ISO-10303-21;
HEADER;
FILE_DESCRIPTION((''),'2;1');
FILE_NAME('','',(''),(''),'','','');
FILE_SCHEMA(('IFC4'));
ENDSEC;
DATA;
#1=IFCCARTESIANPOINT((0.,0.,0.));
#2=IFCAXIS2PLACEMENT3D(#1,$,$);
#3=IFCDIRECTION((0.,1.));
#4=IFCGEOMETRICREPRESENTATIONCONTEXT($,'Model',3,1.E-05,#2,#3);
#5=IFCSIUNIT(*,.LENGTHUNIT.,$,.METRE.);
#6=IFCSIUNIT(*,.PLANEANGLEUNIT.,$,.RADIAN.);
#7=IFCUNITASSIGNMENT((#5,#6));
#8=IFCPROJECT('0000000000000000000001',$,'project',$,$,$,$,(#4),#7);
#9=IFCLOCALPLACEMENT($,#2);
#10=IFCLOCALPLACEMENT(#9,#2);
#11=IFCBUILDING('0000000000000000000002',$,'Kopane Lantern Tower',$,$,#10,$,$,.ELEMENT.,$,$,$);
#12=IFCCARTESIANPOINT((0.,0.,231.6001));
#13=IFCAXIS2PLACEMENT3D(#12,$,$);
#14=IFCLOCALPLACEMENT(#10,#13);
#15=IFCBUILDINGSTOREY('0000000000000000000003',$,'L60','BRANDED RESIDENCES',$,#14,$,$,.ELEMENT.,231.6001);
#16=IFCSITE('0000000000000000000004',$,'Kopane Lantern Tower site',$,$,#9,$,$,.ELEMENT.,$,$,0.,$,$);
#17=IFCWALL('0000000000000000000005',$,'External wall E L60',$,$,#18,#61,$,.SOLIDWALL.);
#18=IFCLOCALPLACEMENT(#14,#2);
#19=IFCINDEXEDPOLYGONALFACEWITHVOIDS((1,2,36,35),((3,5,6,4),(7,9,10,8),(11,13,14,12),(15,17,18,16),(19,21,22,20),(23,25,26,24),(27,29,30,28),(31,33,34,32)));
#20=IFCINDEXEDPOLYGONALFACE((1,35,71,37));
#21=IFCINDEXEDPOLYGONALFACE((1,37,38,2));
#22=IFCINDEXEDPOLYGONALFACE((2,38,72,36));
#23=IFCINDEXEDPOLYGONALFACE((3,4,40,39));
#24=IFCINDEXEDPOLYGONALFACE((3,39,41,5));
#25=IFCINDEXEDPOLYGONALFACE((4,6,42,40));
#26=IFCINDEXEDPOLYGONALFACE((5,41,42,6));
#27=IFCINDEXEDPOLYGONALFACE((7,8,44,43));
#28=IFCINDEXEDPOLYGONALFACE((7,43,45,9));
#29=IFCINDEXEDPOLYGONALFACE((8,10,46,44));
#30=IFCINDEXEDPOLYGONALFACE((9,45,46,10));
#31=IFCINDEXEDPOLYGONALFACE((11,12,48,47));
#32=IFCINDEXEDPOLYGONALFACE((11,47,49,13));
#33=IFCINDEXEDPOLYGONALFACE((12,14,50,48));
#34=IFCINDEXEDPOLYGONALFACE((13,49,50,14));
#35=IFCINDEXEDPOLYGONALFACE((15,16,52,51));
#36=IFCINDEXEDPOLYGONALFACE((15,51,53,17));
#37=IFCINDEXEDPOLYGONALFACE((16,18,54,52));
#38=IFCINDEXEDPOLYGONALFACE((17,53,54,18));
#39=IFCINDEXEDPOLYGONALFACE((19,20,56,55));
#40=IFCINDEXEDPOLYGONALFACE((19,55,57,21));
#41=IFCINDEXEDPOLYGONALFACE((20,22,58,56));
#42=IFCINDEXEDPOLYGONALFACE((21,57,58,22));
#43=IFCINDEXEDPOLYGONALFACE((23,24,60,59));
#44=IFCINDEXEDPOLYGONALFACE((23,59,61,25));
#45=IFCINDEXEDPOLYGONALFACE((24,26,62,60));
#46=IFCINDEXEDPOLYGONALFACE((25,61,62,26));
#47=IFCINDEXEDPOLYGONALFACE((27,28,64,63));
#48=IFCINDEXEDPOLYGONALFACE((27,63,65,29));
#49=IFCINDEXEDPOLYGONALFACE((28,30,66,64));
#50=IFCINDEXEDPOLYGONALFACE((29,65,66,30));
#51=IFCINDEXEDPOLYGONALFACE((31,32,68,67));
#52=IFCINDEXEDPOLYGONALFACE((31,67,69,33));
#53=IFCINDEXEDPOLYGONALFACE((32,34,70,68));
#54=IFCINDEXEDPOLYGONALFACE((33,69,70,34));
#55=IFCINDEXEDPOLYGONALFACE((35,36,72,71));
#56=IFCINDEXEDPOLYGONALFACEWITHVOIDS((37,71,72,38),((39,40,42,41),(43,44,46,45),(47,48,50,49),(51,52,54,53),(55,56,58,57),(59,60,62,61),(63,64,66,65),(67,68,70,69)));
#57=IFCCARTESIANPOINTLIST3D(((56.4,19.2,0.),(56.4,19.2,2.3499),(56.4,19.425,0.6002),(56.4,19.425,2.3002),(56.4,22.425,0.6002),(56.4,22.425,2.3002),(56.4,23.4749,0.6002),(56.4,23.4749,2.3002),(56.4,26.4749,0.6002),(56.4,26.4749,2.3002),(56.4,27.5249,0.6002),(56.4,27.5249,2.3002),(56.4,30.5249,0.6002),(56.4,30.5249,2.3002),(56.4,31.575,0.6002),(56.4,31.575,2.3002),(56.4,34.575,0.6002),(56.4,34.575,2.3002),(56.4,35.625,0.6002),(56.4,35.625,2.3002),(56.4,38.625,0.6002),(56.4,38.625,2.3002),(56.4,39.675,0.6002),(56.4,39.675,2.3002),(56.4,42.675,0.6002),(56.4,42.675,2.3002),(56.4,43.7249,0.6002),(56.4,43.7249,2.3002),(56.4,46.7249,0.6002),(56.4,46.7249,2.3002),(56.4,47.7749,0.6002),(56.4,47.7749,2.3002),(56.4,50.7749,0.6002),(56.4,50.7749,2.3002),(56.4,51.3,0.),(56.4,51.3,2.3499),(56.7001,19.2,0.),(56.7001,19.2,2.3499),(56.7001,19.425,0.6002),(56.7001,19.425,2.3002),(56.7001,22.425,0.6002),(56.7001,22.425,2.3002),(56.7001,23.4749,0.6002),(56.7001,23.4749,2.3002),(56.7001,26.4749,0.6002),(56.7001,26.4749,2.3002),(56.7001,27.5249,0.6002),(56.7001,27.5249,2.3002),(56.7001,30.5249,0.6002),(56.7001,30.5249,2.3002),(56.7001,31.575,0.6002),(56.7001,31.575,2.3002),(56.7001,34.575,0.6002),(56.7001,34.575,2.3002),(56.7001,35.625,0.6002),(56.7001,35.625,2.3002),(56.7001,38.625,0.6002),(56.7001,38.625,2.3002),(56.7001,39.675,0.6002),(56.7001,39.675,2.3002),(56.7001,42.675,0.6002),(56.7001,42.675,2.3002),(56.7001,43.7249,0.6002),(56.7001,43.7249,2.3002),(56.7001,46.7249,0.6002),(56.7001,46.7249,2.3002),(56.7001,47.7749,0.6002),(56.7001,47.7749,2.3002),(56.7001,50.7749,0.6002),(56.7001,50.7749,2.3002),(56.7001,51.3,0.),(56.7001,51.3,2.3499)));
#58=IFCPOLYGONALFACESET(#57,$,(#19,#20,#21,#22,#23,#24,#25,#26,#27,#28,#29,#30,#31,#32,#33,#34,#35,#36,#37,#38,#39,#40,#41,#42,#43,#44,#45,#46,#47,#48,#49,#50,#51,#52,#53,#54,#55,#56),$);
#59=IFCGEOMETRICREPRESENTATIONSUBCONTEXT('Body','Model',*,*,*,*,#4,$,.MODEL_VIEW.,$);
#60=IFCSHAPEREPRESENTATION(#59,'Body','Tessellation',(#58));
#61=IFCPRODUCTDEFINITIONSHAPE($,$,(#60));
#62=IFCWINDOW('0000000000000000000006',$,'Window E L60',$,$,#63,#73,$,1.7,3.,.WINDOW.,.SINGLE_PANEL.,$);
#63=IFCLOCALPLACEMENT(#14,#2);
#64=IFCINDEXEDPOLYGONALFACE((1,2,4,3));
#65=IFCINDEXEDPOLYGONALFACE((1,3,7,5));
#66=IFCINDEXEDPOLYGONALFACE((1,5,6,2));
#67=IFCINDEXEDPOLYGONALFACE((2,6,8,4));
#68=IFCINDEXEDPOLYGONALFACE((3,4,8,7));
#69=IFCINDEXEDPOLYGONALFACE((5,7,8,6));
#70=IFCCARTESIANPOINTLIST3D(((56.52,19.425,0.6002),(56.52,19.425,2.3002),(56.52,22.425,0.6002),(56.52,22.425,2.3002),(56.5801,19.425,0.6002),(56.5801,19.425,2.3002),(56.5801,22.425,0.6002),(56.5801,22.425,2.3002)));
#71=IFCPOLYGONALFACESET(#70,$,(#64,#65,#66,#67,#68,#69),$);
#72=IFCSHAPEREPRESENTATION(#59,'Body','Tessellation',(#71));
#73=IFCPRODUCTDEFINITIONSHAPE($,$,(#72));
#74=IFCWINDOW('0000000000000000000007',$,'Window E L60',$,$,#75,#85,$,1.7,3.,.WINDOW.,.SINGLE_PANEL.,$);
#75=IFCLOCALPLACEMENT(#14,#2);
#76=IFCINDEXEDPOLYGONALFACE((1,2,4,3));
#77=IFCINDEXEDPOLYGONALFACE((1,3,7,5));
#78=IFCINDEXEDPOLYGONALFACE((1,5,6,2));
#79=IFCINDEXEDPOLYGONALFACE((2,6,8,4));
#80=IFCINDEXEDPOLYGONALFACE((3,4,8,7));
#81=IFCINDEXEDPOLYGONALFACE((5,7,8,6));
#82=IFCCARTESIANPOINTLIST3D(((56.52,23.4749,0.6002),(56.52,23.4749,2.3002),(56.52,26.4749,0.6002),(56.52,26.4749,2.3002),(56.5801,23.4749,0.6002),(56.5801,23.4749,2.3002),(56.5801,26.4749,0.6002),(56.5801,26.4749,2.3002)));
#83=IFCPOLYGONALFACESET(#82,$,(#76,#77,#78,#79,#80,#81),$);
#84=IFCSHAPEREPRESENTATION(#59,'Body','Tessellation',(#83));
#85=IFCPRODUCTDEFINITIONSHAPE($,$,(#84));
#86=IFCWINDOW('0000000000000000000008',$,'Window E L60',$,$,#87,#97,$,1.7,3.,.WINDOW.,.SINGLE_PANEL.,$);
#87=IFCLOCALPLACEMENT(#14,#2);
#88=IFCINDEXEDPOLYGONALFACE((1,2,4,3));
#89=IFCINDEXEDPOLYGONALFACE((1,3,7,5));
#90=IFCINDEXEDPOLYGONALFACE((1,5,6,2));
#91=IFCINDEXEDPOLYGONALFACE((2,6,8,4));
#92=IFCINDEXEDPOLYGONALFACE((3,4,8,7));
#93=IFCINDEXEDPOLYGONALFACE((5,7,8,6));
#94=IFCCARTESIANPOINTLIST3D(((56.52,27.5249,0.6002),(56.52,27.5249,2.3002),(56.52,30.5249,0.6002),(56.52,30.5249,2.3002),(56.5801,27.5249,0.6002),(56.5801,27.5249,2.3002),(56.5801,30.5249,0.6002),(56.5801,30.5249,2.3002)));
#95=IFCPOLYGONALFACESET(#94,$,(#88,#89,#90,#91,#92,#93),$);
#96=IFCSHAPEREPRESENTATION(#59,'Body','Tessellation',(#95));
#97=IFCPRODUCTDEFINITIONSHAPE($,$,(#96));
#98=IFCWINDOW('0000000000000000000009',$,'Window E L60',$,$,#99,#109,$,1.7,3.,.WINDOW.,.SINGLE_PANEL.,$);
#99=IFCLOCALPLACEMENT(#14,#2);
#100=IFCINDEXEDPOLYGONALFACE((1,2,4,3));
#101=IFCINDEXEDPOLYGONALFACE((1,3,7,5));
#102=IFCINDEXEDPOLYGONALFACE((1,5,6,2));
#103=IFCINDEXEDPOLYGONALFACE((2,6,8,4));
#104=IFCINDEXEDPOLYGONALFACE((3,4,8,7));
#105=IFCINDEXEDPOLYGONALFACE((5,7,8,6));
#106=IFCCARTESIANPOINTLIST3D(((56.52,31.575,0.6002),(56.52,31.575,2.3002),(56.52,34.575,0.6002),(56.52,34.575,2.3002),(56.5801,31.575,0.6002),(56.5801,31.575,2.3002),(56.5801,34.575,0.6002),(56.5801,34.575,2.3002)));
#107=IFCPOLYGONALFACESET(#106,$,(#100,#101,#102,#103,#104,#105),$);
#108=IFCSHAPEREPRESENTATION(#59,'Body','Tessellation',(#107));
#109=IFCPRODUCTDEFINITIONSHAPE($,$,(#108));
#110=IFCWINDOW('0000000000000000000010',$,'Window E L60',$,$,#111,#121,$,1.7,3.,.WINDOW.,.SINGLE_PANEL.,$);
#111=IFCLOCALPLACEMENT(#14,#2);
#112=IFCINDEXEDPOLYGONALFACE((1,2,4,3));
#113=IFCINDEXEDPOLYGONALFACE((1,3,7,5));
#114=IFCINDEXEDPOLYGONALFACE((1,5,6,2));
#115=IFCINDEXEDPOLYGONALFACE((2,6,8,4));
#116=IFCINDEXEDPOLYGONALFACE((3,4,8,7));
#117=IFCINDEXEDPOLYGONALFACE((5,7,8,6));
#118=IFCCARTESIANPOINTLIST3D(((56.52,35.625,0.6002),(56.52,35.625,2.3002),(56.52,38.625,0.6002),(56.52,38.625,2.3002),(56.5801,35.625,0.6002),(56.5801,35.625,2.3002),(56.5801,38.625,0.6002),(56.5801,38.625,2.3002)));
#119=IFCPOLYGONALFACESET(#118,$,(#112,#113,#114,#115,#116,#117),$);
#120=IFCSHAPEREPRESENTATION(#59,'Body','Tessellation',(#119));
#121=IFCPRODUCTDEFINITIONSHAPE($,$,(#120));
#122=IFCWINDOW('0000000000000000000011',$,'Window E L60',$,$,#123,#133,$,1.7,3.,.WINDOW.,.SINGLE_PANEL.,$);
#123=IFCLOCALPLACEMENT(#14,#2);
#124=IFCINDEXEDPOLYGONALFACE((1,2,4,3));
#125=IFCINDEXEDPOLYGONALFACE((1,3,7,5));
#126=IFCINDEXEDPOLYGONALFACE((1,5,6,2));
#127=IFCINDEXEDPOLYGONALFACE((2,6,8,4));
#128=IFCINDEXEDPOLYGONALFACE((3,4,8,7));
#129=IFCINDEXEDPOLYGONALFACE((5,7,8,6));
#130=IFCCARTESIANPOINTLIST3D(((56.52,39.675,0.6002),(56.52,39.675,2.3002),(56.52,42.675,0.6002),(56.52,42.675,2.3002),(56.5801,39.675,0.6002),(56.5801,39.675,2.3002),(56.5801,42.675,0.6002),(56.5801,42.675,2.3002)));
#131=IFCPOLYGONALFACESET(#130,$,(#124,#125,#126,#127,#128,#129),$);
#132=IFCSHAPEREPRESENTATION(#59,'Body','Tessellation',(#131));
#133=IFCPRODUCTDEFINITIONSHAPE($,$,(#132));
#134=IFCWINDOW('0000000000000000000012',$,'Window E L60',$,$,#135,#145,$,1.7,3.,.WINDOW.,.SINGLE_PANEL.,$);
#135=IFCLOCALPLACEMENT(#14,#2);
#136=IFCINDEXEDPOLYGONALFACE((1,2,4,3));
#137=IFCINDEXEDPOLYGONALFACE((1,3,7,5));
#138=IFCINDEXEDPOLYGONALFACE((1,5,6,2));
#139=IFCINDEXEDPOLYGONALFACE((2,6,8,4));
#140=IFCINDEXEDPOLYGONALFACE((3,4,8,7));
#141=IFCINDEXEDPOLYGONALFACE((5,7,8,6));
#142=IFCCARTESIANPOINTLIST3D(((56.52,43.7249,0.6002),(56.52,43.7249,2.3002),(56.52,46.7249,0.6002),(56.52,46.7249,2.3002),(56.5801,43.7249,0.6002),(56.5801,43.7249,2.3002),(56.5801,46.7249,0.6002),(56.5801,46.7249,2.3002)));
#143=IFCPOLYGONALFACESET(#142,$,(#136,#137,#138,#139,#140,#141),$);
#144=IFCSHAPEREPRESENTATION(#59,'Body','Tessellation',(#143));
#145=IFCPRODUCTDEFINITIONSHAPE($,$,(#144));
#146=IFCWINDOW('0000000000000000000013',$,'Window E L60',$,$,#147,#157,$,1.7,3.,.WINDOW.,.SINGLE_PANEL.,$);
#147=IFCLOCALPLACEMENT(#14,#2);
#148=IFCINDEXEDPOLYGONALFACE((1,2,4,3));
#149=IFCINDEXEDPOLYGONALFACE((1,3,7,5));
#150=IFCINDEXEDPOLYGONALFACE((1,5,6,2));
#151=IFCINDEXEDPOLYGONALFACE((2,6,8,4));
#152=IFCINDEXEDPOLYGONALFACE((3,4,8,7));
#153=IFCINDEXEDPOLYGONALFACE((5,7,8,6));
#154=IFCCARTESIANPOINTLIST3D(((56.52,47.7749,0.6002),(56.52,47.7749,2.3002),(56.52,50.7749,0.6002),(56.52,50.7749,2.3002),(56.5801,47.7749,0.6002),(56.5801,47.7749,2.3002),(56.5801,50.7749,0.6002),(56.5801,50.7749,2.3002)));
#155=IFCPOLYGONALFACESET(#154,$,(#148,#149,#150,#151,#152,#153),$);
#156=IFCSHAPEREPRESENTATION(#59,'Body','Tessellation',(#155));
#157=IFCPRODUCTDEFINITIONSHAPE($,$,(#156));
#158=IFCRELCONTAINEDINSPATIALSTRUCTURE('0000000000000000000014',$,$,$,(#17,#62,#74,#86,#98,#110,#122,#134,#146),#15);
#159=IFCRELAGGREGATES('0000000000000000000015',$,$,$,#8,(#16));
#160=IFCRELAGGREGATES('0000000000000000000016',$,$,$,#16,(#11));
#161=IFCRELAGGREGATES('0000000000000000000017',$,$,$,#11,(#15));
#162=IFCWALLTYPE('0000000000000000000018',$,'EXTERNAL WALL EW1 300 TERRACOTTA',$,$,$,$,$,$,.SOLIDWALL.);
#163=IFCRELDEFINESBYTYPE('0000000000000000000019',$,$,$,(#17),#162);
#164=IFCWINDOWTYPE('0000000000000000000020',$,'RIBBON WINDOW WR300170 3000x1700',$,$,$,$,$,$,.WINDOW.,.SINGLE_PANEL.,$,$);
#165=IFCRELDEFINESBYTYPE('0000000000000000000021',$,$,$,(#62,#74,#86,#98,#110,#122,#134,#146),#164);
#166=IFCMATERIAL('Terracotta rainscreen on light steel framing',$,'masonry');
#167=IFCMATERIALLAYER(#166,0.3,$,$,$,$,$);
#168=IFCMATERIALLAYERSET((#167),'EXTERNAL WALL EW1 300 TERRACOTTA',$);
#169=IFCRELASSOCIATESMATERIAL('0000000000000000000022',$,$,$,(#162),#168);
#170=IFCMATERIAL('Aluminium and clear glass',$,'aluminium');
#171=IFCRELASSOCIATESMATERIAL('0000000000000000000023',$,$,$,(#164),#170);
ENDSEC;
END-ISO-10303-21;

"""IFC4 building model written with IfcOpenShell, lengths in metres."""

from ifc_helpers import new_model, si_unit, direction, frame, frame_2d, origin, place, context, subcontext, project, spatial, rectangle, extrude, material, layer, layer_set, type_object, element, fill, save


model = new_model("IFC4")

# Units and contexts
model_context = context("Model", 3, precision=1e-05, world=origin(), true_north=direction((0.0, 1.0)))
body_context = subcontext(model_context, "Body", "Model", "MODEL_VIEW")
ifc_project = project(units=[si_unit("LENGTHUNIT", "METRE"), si_unit("PLANEANGLEUNIT", "RADIAN")], contexts=[model_context])

# Site, building, storey
site_placement = place(None, origin())
site = spatial("IfcSite", under=ifc_project, at=site_placement, Name="Kopane Lantern Tower site", CompositionType="ELEMENT", RefElevation=0.0)
building_placement = place(site_placement, origin())
building = spatial("IfcBuilding", under=site, at=building_placement, Name="Kopane Lantern Tower", CompositionType="ELEMENT")
storey_placement = place(building_placement, frame((0.0, 0.0, 231.6001)))
storey = spatial("IfcBuildingStorey", under=building, at=storey_placement, Name="L60", Description="BRANDED RESIDENCES", CompositionType="ELEMENT", Elevation=231.6001)

# Shared definitions
ifc_material_1 = material(Name="Terracotta rainscreen on light steel framing", Category="masonry")
ifc_layer = layer(ifc_material_1, 0.3)
ifc_layer_set = layer_set([ifc_layer], Name="EXTERNAL WALL EW1 300 TERRACOTTA")
wall_type = type_object("IfcWallType", Name="EXTERNAL WALL EW1 300 TERRACOTTA", PredefinedType="SOLIDWALL", material=ifc_layer_set)
ifc_material_2 = material(Name="Aluminium and clear glass", Category="aluminium")
window_type = type_object("IfcWindowType", Name="RIBBON WINDOW WR300170 3000x1700", PartitioningType="SINGLE_PANEL", PredefinedType="WINDOW", material=ifc_material_2)

# Wall, openings, windows
wall_1_placement = place(storey_placement, frame((56.55, 19.2, 0.0), z_axis=(0.0, 0.0, 1.0), x_axis=(0.0, 1.0, 0.0)))
wall_1 = element("IfcWall", 1, at=wall_1_placement, inside=storey, type_object=wall_type, Name="External wall E L60", PredefinedType="SOLIDWALL", context=body_context, shape_type="SweptSolid", body=[
    extrude(rectangle(XDim=32.1001, YDim=0.3, at=frame_2d((16.05, 0.0))), origin(), (0.0, 0.0, 1.0), 2.3499),
])
opening_1_placement = place(wall_1_placement, frame((0.2251, 0.0, 0.6001)))
opening_1 = element("IfcOpeningElement", 2, at=opening_1_placement, cuts=wall_1, PredefinedType="OPENING", context=body_context, shape_type="SweptSolid", body=[
    extrude(rectangle(XDim=3.0, YDim=1.7, at=frame_2d((1.5, 0.8501))), frame((0.0, 0.1599, 0.0), z_axis=(0.0, -1.0, 0.0), x_axis=(1.0, 0.0, 0.0)), (0.0, 0.0, 1.0), 0.3201),
])
opening_2_placement = place(wall_1_placement, frame((4.2749, 0.0, 0.6001)))
opening_2 = element("IfcOpeningElement", 3, at=opening_2_placement, cuts=wall_1, PredefinedType="OPENING", context=body_context, shape_type="SweptSolid", body=[
    extrude(rectangle(XDim=3.0, YDim=1.7, at=frame_2d((1.5, 0.8501))), frame((0.0, 0.1599, 0.0), z_axis=(0.0, -1.0, 0.0), x_axis=(1.0, 0.0, 0.0)), (0.0, 0.0, 1.0), 0.3201),
])
opening_3_placement = place(wall_1_placement, frame((8.325, 0.0, 0.6001)))
opening_3 = element("IfcOpeningElement", 4, at=opening_3_placement, cuts=wall_1, PredefinedType="OPENING", context=body_context, shape_type="SweptSolid", body=[
    extrude(rectangle(XDim=3.0, YDim=1.7, at=frame_2d((1.5, 0.8501))), frame((0.0, 0.1599, 0.0), z_axis=(0.0, -1.0, 0.0), x_axis=(1.0, 0.0, 0.0)), (0.0, 0.0, 1.0), 0.3201),
])
opening_4_placement = place(wall_1_placement, frame((12.375, 0.0, 0.6001)))
opening_4 = element("IfcOpeningElement", 5, at=opening_4_placement, cuts=wall_1, PredefinedType="OPENING", context=body_context, shape_type="SweptSolid", body=[
    extrude(rectangle(XDim=3.0, YDim=1.7, at=frame_2d((1.5, 0.8501))), frame((0.0, 0.1599, 0.0), z_axis=(0.0, -1.0, 0.0), x_axis=(1.0, 0.0, 0.0)), (0.0, 0.0, 1.0), 0.3201),
])
opening_5_placement = place(wall_1_placement, frame((16.425, 0.0, 0.6001)))
opening_5 = element("IfcOpeningElement", 6, at=opening_5_placement, cuts=wall_1, PredefinedType="OPENING", context=body_context, shape_type="SweptSolid", body=[
    extrude(rectangle(XDim=3.0, YDim=1.7, at=frame_2d((1.5, 0.8501))), frame((0.0, 0.1599, 0.0), z_axis=(0.0, -1.0, 0.0), x_axis=(1.0, 0.0, 0.0)), (0.0, 0.0, 1.0), 0.3201),
])
opening_6_placement = place(wall_1_placement, frame((20.4751, 0.0, 0.6001)))
opening_6 = element("IfcOpeningElement", 7, at=opening_6_placement, cuts=wall_1, PredefinedType="OPENING", context=body_context, shape_type="SweptSolid", body=[
    extrude(rectangle(XDim=3.0, YDim=1.7, at=frame_2d((1.5, 0.8501))), frame((0.0, 0.1599, 0.0), z_axis=(0.0, -1.0, 0.0), x_axis=(1.0, 0.0, 0.0)), (0.0, 0.0, 1.0), 0.3201),
])
opening_7_placement = place(wall_1_placement, frame((24.5249, 0.0, 0.6001)))
opening_7 = element("IfcOpeningElement", 8, at=opening_7_placement, cuts=wall_1, PredefinedType="OPENING", context=body_context, shape_type="SweptSolid", body=[
    extrude(rectangle(XDim=3.0, YDim=1.7, at=frame_2d((1.5, 0.8501))), frame((0.0, 0.1599, 0.0), z_axis=(0.0, -1.0, 0.0), x_axis=(1.0, 0.0, 0.0)), (0.0, 0.0, 1.0), 0.3201),
])
opening_8_placement = place(wall_1_placement, frame((28.575, 0.0, 0.6001)))
opening_8 = element("IfcOpeningElement", 9, at=opening_8_placement, cuts=wall_1, PredefinedType="OPENING", context=body_context, shape_type="SweptSolid", body=[
    extrude(rectangle(XDim=3.0, YDim=1.7, at=frame_2d((1.5, 0.8501))), frame((0.0, 0.1599, 0.0), z_axis=(0.0, -1.0, 0.0), x_axis=(1.0, 0.0, 0.0)), (0.0, 0.0, 1.0), 0.3201),
])
window_1_placement = place(opening_1_placement, origin())
window_1 = element("IfcWindow", 10, at=window_1_placement, inside=storey, type_object=window_type, Name="Window E L60", OverallHeight=1.7, OverallWidth=3.0, PartitioningType="SINGLE_PANEL", PredefinedType="WINDOW", context=body_context, shape_type="SweptSolid", body=[
    extrude(rectangle(XDim=3.0, YDim=1.7, at=frame_2d((1.5, 0.8501))), frame((0.0, 0.03, 0.0), z_axis=(0.0, -1.0, 0.0), x_axis=(1.0, 0.0, 0.0)), (0.0, 0.0, 1.0), 0.0601),
])
fill(opening_1, window_1)
window_2_placement = place(opening_2_placement, origin())
window_2 = element("IfcWindow", 11, at=window_2_placement, inside=storey, type_object=window_type, Name="Window E L60", OverallHeight=1.7, OverallWidth=3.0, PartitioningType="SINGLE_PANEL", PredefinedType="WINDOW", context=body_context, shape_type="SweptSolid", body=[
    extrude(rectangle(XDim=3.0, YDim=1.7, at=frame_2d((1.5, 0.8501))), frame((0.0, 0.03, 0.0), z_axis=(0.0, -1.0, 0.0), x_axis=(1.0, 0.0, 0.0)), (0.0, 0.0, 1.0), 0.0601),
])
fill(opening_2, window_2)
window_3_placement = place(opening_3_placement, origin())
window_3 = element("IfcWindow", 12, at=window_3_placement, inside=storey, type_object=window_type, Name="Window E L60", OverallHeight=1.7, OverallWidth=3.0, PartitioningType="SINGLE_PANEL", PredefinedType="WINDOW", context=body_context, shape_type="SweptSolid", body=[
    extrude(rectangle(XDim=3.0, YDim=1.7, at=frame_2d((1.5, 0.8501))), frame((0.0, 0.03, 0.0), z_axis=(0.0, -1.0, 0.0), x_axis=(1.0, 0.0, 0.0)), (0.0, 0.0, 1.0), 0.0601),
])
fill(opening_3, window_3)
window_4_placement = place(opening_4_placement, origin())
window_4 = element("IfcWindow", 13, at=window_4_placement, inside=storey, type_object=window_type, Name="Window E L60", OverallHeight=1.7, OverallWidth=3.0, PartitioningType="SINGLE_PANEL", PredefinedType="WINDOW", context=body_context, shape_type="SweptSolid", body=[
    extrude(rectangle(XDim=3.0, YDim=1.7, at=frame_2d((1.5, 0.8501))), frame((0.0, 0.03, 0.0), z_axis=(0.0, -1.0, 0.0), x_axis=(1.0, 0.0, 0.0)), (0.0, 0.0, 1.0), 0.0601),
])
fill(opening_4, window_4)
window_5_placement = place(opening_5_placement, origin())
window_5 = element("IfcWindow", 14, at=window_5_placement, inside=storey, type_object=window_type, Name="Window E L60", OverallHeight=1.7, OverallWidth=3.0, PartitioningType="SINGLE_PANEL", PredefinedType="WINDOW", context=body_context, shape_type="SweptSolid", body=[
    extrude(rectangle(XDim=3.0, YDim=1.7, at=frame_2d((1.5, 0.8501))), frame((0.0, 0.03, 0.0), z_axis=(0.0, -1.0, 0.0), x_axis=(1.0, 0.0, 0.0)), (0.0, 0.0, 1.0), 0.0601),
])
fill(opening_5, window_5)
window_6_placement = place(opening_6_placement, origin())
window_6 = element("IfcWindow", 15, at=window_6_placement, inside=storey, type_object=window_type, Name="Window E L60", OverallHeight=1.7, OverallWidth=3.0, PartitioningType="SINGLE_PANEL", PredefinedType="WINDOW", context=body_context, shape_type="SweptSolid", body=[
    extrude(rectangle(XDim=3.0, YDim=1.7, at=frame_2d((1.5, 0.8501))), frame((0.0, 0.03, 0.0), z_axis=(0.0, -1.0, 0.0), x_axis=(1.0, 0.0, 0.0)), (0.0, 0.0, 1.0), 0.0601),
])
fill(opening_6, window_6)
window_7_placement = place(opening_7_placement, origin())
window_7 = element("IfcWindow", 16, at=window_7_placement, inside=storey, type_object=window_type, Name="Window E L60", OverallHeight=1.7, OverallWidth=3.0, PartitioningType="SINGLE_PANEL", PredefinedType="WINDOW", context=body_context, shape_type="SweptSolid", body=[
    extrude(rectangle(XDim=3.0, YDim=1.7, at=frame_2d((1.5, 0.8501))), frame((0.0, 0.03, 0.0), z_axis=(0.0, -1.0, 0.0), x_axis=(1.0, 0.0, 0.0)), (0.0, 0.0, 1.0), 0.0601),
])
fill(opening_7, window_7)
window_8_placement = place(opening_8_placement, origin())
window_8 = element("IfcWindow", 17, at=window_8_placement, inside=storey, type_object=window_type, Name="Window E L60", OverallHeight=1.7, OverallWidth=3.0, PartitioningType="SINGLE_PANEL", PredefinedType="WINDOW", context=body_context, shape_type="SweptSolid", body=[
    extrude(rectangle(XDim=3.0, YDim=1.7, at=frame_2d((1.5, 0.8501))), frame((0.0, 0.03, 0.0), z_axis=(0.0, -1.0, 0.0), x_axis=(1.0, 0.0, 0.0)), (0.0, 0.0, 1.0), 0.0601),
])
fill(opening_8, window_8)

save(model, "model.ifc")
